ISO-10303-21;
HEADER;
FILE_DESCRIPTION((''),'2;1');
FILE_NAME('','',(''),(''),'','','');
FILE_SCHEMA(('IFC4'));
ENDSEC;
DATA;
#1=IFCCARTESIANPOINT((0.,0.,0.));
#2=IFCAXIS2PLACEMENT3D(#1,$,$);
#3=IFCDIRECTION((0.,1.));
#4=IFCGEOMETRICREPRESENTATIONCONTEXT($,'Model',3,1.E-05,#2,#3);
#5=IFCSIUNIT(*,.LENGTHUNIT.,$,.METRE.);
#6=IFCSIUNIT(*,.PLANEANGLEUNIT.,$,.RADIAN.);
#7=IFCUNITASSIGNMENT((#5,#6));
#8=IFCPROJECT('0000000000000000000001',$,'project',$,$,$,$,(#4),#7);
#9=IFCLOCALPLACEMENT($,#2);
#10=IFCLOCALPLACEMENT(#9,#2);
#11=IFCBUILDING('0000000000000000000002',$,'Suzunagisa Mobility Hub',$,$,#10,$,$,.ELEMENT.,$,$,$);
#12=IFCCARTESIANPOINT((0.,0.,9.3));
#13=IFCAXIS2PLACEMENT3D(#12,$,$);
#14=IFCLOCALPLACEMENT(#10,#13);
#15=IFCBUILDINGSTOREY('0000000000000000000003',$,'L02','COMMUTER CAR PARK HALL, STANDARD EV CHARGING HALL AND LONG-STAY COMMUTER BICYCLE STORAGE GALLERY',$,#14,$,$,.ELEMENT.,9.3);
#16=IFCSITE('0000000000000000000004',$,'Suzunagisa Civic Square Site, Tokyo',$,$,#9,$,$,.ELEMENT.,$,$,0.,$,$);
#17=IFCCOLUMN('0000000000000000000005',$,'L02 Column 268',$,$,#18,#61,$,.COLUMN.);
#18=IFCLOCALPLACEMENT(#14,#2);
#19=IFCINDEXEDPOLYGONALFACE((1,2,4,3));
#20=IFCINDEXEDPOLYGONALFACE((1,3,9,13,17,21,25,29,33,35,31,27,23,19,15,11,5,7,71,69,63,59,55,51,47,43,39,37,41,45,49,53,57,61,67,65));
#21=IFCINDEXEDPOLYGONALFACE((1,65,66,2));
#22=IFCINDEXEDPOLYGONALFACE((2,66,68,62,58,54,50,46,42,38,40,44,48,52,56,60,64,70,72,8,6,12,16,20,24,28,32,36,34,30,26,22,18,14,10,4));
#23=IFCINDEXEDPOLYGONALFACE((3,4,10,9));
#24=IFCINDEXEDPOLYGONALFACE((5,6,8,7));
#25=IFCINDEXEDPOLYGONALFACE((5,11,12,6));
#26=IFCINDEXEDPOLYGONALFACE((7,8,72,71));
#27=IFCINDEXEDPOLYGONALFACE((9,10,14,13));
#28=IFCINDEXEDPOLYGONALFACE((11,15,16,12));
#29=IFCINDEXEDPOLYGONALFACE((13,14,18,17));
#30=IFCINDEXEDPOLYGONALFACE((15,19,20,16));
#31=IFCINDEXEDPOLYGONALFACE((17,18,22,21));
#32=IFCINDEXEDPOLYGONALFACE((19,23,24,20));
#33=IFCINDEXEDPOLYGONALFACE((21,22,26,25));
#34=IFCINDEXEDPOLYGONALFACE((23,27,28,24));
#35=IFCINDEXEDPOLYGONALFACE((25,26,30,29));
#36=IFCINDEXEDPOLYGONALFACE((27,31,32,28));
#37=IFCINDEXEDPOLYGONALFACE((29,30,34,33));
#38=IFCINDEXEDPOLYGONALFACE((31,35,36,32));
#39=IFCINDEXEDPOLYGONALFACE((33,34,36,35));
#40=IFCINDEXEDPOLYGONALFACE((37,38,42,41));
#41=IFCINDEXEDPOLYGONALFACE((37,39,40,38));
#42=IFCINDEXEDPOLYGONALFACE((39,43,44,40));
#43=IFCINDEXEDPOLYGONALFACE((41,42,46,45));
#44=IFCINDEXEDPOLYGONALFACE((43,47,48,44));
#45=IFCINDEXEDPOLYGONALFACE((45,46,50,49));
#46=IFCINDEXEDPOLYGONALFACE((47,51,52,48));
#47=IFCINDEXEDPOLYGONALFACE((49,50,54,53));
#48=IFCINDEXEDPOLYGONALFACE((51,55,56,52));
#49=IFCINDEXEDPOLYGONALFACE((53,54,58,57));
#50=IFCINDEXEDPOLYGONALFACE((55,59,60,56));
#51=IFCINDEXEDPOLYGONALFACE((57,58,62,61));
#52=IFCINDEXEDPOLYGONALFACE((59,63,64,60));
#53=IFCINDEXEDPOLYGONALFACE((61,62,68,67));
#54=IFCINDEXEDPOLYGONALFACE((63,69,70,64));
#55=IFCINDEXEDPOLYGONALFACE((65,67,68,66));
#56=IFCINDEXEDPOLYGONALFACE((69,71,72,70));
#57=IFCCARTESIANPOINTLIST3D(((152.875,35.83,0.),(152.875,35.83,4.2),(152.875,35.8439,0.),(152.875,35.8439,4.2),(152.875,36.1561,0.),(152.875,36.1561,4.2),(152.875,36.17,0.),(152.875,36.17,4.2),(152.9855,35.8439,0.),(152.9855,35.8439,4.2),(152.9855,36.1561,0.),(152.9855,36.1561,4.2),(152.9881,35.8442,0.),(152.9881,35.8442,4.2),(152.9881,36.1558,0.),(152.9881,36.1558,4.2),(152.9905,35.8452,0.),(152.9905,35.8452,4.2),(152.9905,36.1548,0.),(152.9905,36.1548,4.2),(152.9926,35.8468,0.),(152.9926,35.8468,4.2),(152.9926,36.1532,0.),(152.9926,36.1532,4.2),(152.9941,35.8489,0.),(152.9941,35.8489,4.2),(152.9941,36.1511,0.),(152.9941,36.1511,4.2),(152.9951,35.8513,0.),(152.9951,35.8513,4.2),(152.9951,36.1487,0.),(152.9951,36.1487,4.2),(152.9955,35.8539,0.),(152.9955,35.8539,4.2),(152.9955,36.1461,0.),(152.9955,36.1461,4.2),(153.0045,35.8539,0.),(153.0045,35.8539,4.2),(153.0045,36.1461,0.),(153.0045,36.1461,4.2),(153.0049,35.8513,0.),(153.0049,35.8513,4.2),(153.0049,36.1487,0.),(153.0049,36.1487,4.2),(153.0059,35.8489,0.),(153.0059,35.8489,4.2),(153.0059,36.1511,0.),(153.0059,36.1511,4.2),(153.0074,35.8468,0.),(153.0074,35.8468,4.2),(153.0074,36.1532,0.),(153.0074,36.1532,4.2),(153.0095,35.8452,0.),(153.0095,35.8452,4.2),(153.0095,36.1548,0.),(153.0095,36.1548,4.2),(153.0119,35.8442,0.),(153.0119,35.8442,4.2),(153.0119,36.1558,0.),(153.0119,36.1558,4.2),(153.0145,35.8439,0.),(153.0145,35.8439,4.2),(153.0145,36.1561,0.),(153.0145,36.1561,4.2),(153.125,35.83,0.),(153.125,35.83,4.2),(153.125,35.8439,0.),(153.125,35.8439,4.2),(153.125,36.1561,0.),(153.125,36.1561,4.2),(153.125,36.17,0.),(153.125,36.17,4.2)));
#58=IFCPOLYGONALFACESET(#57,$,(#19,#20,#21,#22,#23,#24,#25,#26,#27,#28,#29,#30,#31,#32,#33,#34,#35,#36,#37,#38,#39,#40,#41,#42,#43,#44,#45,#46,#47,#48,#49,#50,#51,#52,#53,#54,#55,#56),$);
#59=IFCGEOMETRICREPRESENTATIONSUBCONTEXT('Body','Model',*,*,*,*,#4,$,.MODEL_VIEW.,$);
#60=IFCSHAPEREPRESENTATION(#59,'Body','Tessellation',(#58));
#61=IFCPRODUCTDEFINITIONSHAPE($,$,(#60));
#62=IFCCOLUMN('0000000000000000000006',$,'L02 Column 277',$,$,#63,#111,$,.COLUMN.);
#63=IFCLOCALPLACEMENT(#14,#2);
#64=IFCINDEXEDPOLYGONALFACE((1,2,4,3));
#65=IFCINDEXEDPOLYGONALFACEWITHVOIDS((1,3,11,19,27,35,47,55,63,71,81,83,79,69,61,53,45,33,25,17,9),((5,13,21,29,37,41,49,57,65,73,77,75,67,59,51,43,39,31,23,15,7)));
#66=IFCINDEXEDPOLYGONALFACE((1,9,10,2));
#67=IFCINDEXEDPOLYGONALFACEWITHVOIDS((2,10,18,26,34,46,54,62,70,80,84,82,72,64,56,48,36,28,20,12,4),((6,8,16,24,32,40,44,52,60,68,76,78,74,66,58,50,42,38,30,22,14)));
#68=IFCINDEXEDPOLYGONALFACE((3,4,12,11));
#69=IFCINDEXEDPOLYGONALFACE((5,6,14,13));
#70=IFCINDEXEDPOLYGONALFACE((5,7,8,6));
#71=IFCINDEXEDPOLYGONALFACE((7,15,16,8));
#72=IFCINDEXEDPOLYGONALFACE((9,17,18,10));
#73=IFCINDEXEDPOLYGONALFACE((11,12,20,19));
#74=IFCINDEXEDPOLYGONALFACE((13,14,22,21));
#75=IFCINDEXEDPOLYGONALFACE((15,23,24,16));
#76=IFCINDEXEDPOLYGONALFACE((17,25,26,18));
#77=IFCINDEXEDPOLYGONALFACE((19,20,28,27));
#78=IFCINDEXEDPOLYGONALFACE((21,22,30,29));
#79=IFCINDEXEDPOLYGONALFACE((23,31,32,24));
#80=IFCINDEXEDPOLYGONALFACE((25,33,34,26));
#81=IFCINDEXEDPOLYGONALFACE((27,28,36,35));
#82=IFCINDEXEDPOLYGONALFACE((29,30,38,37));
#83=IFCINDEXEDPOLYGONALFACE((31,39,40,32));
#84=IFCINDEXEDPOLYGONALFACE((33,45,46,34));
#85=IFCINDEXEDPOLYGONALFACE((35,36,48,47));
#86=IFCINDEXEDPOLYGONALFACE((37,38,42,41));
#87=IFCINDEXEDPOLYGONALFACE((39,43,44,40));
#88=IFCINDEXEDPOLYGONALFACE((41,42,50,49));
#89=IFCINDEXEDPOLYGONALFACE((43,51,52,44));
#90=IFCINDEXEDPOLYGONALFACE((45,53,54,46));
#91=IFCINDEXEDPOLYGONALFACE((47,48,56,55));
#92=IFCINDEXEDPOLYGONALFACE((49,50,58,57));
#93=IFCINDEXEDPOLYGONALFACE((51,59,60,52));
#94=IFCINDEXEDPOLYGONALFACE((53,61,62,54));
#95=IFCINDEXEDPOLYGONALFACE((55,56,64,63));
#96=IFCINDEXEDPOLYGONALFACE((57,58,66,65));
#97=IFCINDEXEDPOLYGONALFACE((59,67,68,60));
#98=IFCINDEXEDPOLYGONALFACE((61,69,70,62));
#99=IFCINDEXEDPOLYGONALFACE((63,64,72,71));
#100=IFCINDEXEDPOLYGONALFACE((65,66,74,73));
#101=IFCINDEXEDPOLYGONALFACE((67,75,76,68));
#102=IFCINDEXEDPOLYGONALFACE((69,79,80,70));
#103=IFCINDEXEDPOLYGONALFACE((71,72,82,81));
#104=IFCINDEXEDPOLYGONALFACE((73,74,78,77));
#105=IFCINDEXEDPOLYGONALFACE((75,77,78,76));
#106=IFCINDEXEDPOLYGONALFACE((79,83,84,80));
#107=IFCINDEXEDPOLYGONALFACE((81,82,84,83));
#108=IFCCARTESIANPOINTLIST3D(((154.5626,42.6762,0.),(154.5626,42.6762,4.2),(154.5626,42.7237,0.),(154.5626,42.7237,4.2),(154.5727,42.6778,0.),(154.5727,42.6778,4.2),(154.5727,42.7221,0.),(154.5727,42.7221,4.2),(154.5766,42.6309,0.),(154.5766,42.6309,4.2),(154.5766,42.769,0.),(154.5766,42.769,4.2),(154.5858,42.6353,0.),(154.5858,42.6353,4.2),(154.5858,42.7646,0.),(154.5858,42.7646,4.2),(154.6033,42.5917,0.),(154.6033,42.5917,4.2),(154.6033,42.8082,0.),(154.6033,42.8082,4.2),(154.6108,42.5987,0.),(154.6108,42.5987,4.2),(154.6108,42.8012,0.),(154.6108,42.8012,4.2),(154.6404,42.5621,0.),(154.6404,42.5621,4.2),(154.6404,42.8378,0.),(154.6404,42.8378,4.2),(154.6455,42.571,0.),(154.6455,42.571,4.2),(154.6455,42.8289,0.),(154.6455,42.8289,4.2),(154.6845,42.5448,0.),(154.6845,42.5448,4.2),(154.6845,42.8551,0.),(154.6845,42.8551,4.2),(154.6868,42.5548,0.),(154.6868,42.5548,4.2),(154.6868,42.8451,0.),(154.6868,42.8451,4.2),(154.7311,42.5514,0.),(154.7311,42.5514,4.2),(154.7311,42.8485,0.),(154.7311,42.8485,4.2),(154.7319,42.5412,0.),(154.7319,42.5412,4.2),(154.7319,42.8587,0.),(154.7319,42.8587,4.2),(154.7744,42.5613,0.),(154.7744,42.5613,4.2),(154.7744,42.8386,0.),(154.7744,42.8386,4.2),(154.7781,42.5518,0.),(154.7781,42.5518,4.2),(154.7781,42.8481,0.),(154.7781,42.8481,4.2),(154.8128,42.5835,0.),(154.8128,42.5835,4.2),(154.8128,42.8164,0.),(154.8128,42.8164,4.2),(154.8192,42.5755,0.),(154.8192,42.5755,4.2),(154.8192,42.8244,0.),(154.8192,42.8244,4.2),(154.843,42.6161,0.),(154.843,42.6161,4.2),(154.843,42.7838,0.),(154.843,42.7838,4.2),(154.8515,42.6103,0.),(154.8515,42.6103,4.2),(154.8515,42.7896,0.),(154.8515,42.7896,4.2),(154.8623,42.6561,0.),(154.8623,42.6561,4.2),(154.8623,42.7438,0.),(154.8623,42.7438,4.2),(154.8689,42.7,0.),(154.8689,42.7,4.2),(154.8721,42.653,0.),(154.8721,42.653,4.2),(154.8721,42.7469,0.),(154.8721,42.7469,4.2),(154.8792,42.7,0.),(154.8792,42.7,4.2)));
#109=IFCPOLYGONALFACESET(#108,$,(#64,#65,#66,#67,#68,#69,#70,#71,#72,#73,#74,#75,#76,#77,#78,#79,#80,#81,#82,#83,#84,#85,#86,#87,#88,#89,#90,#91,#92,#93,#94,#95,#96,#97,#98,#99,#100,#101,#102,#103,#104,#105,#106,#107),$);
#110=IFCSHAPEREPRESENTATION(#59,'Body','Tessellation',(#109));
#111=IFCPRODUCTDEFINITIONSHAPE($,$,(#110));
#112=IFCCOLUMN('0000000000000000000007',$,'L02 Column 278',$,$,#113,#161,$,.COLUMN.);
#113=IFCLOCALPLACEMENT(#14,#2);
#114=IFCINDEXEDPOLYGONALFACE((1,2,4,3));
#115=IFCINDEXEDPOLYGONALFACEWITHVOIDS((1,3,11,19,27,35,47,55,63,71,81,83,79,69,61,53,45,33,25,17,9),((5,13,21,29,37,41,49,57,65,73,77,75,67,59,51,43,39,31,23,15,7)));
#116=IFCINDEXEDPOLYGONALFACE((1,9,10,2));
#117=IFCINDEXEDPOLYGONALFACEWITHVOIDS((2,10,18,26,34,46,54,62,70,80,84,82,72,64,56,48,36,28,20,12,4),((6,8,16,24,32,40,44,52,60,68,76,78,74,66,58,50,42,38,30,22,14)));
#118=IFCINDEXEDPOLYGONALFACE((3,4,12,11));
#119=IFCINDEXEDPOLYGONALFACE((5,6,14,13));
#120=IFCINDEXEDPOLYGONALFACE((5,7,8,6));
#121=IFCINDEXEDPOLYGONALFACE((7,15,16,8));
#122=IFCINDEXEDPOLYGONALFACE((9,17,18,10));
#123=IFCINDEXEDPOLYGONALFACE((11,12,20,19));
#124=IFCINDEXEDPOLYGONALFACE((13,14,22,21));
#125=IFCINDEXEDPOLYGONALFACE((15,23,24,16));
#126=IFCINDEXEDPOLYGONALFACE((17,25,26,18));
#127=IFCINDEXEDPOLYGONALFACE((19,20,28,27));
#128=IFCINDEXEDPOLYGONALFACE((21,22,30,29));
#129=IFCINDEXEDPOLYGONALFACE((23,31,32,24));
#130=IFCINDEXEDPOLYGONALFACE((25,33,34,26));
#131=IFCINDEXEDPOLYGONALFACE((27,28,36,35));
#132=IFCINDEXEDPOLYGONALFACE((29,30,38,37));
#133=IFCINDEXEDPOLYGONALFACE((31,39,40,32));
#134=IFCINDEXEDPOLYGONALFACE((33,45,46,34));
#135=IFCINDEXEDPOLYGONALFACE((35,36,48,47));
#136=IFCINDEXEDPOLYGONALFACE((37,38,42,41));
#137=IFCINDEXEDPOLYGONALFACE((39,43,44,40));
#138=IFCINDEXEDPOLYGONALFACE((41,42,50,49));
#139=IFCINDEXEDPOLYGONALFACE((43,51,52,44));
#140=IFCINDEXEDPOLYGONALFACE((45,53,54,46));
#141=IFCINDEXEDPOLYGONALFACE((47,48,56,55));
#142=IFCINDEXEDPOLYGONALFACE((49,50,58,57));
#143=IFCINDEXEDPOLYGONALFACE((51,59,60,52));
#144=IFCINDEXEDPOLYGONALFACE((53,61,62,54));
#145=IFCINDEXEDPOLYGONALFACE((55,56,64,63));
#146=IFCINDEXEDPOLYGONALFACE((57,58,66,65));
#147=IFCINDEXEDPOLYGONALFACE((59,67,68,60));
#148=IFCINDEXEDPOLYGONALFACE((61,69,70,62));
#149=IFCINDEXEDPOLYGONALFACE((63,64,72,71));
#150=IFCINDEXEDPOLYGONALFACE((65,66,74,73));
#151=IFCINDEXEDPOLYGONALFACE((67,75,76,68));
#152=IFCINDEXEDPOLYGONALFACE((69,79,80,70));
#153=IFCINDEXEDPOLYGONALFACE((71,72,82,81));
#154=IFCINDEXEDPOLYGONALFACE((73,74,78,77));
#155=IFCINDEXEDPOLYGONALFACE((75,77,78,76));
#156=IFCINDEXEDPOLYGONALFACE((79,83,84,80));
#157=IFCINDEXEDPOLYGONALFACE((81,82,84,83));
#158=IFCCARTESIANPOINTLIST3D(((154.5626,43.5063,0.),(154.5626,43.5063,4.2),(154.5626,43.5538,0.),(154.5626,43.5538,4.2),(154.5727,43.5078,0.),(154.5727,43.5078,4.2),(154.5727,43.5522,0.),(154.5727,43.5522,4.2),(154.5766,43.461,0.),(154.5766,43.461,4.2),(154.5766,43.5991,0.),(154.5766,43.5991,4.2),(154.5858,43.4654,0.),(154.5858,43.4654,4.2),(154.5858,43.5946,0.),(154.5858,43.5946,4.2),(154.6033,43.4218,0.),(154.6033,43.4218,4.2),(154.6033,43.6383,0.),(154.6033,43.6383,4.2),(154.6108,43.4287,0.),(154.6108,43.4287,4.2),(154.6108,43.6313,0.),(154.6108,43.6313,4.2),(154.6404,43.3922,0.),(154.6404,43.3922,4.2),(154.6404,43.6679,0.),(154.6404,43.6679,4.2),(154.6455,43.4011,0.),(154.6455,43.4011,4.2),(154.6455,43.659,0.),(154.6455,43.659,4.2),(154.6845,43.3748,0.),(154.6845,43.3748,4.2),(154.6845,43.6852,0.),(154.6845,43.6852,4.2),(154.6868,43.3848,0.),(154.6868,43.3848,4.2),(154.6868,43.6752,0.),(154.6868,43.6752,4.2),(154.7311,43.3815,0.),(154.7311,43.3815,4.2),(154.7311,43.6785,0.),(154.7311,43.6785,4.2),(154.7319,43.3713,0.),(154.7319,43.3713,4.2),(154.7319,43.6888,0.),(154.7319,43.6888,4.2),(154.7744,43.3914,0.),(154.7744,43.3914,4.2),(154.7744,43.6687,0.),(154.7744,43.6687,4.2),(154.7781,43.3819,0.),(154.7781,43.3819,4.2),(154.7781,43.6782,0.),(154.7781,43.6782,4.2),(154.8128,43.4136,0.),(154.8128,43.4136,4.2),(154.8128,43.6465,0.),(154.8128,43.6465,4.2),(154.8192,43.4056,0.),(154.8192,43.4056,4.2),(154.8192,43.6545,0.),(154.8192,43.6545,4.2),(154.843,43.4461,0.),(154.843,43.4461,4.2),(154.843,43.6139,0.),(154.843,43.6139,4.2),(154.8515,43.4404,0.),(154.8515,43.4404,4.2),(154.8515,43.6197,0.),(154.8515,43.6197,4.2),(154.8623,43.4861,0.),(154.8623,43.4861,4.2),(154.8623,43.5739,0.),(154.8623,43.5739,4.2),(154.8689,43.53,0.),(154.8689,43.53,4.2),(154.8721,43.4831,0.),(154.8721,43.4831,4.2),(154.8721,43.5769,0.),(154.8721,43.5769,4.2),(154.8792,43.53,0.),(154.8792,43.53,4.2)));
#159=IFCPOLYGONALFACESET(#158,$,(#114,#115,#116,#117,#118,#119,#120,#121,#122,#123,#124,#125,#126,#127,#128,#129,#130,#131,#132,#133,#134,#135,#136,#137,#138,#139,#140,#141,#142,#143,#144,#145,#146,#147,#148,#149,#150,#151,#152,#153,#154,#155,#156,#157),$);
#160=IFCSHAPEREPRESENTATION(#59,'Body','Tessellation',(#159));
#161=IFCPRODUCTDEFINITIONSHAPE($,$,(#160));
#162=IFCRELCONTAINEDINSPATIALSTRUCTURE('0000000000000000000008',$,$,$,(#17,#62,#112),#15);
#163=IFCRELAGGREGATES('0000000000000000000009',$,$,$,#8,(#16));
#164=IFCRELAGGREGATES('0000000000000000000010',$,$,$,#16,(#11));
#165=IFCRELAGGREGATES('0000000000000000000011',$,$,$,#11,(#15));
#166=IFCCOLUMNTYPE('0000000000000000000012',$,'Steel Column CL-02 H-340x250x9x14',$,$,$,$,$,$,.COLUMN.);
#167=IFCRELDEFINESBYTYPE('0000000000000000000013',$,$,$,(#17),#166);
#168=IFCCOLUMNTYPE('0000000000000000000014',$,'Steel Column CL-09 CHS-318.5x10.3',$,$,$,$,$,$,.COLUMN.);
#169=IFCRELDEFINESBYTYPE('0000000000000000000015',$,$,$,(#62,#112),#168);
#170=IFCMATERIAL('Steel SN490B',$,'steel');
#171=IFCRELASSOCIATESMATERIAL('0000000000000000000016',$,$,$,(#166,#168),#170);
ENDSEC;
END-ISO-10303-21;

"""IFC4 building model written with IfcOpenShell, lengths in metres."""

from ifc_helpers import new_model, si_unit, direction, frame, origin, origin_2d, place, context, subcontext, project, spatial, hollow_circle, i_section, extrude, material, material_profile, profile_set, type_object, element, save


model = new_model("IFC4")

# Units and contexts
model_context = context("Model", 3, precision=1e-05, world=origin(), true_north=direction((0.0, 1.0)))
body_context = subcontext(model_context, "Body", "Model", "MODEL_VIEW")
ifc_project = project(units=[si_unit("LENGTHUNIT", "METRE"), si_unit("PLANEANGLEUNIT", "RADIAN")], contexts=[model_context])

# Site, building, storey
site_placement = place(None, origin())
site = spatial("IfcSite", under=ifc_project, at=site_placement, Name="Suzunagisa Civic Square Site, Tokyo", CompositionType="ELEMENT", RefElevation=0.0)
building_placement = place(site_placement, origin())
building = spatial("IfcBuilding", under=site, at=building_placement, Name="Suzunagisa Mobility Hub", CompositionType="ELEMENT")
storey_placement = place(building_placement, frame((0.0, 0.0, 9.3)))
storey = spatial("IfcBuildingStorey", under=building, at=storey_placement, Name="L02", Description="COMMUTER CAR PARK HALL, STANDARD EV CHARGING HALL AND LONG-STAY COMMUTER BICYCLE STORAGE GALLERY", CompositionType="ELEMENT", Elevation=9.3)

# Columns
ifc_material_1 = material(Name="Steel SN490B", Category="steel")
ifc_material_profile_1 = material_profile(ifc_material_1, i_section(OverallWidth=0.25, OverallDepth=0.3401, WebThickness=0.009, FlangeThickness=0.0139, FilletRadius=0.01, at=origin_2d()), Name="H-340x250x9x14")
ifc_profile_set_1 = profile_set([ifc_material_profile_1], Name="Steel SN490B")
column_type_1 = type_object("IfcColumnType", Name="Steel Column CL-02 H-340x250x9x14", PredefinedType="COLUMN", material=ifc_profile_set_1)
column_1_placement = place(storey_placement, frame((153.0, 36.0, 0.0), z_axis=(0.0, 0.0, 1.0), x_axis=(1.0, 0.0, 0.0)))
element("IfcColumn", 1, at=column_1_placement, inside=storey, type_object=column_type_1, Name="L02 Column 268", PredefinedType="COLUMN", context=body_context, shape_type="SweptSolid", body=[
    extrude(i_section(OverallWidth=0.25, OverallDepth=0.3401, WebThickness=0.009, FlangeThickness=0.0139, FilletRadius=0.01, at=origin_2d()), origin(), (0.0, 0.0, 1.0), 4.2),
])
ifc_material_profile_2 = material_profile(ifc_material_1, hollow_circle(Radius=0.1592, WallThickness=0.0103, at=origin_2d()), Name="CHS-318.5x10.3")
ifc_profile_set_2 = profile_set([ifc_material_profile_2], Name="Steel SN490B")
column_type_2 = type_object("IfcColumnType", Name="Steel Column CL-09 CHS-318.5x10.3", PredefinedType="COLUMN", material=ifc_profile_set_2)
for number, where, z_axis, x_axis, name in (
    (2, (154.72, 42.7, 0.0), (0.0, 0.0, 1.0), (1.0, 0.0, 0.0), "L02 Column 277"),
    (3, (154.72, 43.53, 0.0), (0.0, 0.0, 1.0), (1.0, 0.0, 0.0), "L02 Column 278"),
):
    element("IfcColumn", number, at=place(storey_placement, frame(where, z_axis=z_axis, x_axis=x_axis)), inside=storey, type_object=column_type_2, Name=name, PredefinedType="COLUMN", context=body_context, shape_type="SweptSolid", body=[
        extrude(hollow_circle(Radius=0.1592, WallThickness=0.0103, at=origin_2d()), origin(), (0.0, 0.0, 1.0), 4.2),
    ])

save(model, "model.ifc")
